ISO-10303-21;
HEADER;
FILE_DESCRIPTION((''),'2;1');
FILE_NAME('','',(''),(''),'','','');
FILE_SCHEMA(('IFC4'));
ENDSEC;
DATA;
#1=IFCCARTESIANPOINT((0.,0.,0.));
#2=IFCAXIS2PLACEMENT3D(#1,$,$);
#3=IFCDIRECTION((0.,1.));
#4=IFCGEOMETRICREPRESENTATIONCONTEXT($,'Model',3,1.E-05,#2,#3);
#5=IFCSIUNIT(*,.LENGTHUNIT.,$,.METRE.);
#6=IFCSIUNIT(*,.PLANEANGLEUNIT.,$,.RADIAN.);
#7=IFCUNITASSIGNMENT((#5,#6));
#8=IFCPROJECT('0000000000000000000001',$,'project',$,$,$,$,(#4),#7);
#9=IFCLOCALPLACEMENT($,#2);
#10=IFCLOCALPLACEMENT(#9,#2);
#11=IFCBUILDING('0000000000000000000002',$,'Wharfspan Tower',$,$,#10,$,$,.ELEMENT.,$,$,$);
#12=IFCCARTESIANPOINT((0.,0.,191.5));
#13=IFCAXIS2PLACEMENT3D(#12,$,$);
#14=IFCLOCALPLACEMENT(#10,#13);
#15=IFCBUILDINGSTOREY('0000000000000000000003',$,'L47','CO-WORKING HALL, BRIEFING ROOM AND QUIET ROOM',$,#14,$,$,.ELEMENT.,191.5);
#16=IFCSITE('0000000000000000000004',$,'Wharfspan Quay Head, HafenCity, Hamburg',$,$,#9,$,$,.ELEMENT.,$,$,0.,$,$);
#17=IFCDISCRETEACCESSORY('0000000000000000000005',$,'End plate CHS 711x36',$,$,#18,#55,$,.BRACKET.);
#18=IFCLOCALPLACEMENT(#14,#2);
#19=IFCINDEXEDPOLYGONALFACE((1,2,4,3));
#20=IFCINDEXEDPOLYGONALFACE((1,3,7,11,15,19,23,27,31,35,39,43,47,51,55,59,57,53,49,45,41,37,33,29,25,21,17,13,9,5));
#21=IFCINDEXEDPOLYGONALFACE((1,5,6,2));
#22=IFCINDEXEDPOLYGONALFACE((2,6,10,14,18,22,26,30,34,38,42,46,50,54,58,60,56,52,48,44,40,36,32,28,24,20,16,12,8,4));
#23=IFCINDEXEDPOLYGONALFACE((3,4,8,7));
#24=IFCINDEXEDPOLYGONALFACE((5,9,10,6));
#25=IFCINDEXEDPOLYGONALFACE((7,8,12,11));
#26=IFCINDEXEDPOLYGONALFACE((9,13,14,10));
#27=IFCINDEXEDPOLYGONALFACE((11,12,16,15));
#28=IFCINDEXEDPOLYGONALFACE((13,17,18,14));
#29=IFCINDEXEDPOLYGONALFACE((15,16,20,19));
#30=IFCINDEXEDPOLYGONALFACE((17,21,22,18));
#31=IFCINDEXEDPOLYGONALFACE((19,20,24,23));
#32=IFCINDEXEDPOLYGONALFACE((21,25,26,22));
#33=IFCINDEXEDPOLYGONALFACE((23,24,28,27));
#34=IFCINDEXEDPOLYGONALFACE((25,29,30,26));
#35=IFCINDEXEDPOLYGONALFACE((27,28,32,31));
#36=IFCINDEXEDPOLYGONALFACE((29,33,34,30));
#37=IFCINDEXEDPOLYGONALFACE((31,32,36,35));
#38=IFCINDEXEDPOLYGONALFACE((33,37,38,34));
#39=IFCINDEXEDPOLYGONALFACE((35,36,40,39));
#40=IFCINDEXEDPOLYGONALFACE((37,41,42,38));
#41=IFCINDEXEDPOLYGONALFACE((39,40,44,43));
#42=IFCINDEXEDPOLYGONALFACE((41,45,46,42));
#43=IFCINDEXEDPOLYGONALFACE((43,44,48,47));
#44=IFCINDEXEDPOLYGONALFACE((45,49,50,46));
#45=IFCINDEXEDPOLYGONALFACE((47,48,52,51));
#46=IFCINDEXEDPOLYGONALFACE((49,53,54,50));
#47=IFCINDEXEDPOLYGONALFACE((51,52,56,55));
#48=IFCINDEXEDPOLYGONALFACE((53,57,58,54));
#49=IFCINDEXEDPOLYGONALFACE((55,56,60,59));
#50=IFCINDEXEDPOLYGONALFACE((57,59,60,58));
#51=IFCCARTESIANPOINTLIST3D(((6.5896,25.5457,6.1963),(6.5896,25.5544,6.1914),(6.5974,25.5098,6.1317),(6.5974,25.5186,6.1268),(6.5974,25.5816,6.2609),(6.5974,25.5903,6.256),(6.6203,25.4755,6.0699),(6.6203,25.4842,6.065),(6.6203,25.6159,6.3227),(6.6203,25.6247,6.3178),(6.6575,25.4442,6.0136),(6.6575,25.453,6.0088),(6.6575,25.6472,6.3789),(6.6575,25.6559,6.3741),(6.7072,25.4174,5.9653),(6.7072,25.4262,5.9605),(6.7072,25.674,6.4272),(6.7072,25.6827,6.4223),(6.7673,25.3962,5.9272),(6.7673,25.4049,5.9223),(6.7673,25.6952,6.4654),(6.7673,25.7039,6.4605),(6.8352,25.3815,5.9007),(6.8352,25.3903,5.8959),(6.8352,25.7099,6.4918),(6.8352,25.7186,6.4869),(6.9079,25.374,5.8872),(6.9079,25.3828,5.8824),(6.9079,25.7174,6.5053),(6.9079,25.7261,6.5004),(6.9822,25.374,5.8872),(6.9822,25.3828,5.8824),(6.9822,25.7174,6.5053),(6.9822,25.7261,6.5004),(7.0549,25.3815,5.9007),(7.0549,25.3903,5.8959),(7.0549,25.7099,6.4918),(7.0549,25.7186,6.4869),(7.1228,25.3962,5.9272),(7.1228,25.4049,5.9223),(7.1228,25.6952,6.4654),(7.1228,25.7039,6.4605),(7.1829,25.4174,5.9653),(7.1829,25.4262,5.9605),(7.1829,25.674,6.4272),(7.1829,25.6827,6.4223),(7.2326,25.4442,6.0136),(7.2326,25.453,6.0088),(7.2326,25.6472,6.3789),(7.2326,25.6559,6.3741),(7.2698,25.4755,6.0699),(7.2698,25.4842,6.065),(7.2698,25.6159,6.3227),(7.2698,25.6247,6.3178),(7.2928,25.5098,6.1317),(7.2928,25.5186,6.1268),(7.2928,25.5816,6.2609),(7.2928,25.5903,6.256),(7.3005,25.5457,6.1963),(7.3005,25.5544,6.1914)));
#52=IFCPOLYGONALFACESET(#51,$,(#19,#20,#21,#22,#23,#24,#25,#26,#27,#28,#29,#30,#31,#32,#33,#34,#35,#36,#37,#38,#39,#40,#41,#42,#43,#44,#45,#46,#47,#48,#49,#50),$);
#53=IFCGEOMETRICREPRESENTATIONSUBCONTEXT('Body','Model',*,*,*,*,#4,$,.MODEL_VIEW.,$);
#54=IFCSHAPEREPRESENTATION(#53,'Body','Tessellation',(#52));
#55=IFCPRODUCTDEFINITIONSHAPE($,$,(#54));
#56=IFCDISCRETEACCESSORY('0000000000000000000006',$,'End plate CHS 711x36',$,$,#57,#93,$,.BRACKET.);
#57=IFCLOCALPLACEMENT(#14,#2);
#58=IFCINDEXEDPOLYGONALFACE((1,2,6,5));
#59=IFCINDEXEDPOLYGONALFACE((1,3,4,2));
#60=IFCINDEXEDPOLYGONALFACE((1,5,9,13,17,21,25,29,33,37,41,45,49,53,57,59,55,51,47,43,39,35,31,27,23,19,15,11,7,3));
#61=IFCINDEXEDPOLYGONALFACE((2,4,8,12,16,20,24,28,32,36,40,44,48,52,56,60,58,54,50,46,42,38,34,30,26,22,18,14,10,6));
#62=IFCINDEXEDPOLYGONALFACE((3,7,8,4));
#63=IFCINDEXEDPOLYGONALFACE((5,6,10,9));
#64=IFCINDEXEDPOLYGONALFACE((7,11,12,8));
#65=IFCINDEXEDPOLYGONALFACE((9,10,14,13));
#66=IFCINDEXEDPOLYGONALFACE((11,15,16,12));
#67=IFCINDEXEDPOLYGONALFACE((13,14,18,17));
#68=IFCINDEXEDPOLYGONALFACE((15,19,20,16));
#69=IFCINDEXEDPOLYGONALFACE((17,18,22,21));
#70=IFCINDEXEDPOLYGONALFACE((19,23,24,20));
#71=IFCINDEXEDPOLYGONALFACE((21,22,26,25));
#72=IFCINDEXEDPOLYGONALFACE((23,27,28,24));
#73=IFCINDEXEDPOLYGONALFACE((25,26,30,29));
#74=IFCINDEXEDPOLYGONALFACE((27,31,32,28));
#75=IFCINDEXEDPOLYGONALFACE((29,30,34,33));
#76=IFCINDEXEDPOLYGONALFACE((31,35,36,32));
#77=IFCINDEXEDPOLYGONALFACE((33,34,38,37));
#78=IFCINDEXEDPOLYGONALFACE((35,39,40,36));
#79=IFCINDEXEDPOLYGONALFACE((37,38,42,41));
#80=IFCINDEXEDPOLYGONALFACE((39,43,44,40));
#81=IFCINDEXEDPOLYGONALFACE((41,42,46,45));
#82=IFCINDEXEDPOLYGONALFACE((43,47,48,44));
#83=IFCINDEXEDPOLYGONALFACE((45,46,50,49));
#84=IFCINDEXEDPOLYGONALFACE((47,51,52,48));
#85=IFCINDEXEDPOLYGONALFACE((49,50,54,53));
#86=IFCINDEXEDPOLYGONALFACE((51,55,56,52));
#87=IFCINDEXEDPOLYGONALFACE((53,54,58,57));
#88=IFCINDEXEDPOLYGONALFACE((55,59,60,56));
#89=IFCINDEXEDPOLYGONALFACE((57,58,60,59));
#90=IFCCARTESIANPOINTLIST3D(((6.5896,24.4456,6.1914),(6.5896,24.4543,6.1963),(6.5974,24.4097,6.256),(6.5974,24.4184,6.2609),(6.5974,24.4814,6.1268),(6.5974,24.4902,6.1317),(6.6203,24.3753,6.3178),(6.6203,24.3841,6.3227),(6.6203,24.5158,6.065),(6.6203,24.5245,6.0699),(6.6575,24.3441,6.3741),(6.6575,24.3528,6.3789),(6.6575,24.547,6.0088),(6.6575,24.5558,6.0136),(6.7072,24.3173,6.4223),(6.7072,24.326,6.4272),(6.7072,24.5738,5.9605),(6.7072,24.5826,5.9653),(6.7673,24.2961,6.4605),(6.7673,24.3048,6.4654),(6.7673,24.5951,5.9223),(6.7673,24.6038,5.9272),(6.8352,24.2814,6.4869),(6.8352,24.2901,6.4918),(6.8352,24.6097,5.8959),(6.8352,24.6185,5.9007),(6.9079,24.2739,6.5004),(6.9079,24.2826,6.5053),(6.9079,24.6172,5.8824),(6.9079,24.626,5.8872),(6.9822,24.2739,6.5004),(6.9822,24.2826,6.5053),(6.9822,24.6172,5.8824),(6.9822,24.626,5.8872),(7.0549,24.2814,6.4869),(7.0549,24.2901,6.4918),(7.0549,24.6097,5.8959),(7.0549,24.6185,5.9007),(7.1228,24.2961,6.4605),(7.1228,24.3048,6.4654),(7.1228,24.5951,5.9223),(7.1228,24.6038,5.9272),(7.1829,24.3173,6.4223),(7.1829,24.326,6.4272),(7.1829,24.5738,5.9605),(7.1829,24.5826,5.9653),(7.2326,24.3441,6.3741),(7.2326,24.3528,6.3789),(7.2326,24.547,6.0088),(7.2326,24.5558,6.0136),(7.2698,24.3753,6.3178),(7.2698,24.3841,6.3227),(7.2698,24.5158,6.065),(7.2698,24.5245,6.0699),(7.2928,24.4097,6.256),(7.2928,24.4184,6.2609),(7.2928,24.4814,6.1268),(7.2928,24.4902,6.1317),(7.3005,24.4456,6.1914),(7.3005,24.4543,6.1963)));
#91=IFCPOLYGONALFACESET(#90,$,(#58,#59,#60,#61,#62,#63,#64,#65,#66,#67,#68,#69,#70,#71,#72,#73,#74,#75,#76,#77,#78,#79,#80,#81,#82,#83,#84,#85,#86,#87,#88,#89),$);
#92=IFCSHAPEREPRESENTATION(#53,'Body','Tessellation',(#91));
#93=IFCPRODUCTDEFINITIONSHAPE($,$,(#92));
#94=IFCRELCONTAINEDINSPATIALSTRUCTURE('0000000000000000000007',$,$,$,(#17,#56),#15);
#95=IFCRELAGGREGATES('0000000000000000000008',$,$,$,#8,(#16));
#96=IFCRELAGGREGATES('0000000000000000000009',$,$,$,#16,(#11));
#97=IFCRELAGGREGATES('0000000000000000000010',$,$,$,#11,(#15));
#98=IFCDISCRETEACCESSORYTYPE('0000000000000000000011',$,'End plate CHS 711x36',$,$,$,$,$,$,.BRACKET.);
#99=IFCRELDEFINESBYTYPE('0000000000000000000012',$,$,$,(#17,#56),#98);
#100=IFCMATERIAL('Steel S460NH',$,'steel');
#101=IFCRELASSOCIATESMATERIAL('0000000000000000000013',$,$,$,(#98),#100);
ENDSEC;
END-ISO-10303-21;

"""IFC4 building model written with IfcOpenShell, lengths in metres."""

from ifc_helpers import new_model, si_unit, direction, frame, origin, origin_2d, place, context, subcontext, project, spatial, circle, extrude, material, material_profile, profile_set, type_object, element, save


model = new_model("IFC4")

# Units and contexts
model_context = context("Model", 3, precision=1e-05, world=origin(), true_north=direction((0.0, 1.0)))
body_context = subcontext(model_context, "Body", "Model", "MODEL_VIEW")
ifc_project = project(units=[si_unit("LENGTHUNIT", "METRE"), si_unit("PLANEANGLEUNIT", "RADIAN")], contexts=[model_context])

# Site, building, storey
site_placement = place(None, origin())
site = spatial("IfcSite", under=ifc_project, at=site_placement, Name="Wharfspan Quay Head, HafenCity, Hamburg", CompositionType="ELEMENT", RefElevation=0.0)
building_placement = place(site_placement, origin())
building = spatial("IfcBuilding", under=site, at=building_placement, Name="Wharfspan Tower", CompositionType="ELEMENT")
storey_placement = place(building_placement, frame((0.0, 0.0, 191.5)))
storey = spatial("IfcBuildingStorey", under=building, at=storey_placement, Name="L47", Description="CO-WORKING HALL, BRIEFING ROOM AND QUIET ROOM", CompositionType="ELEMENT", Elevation=191.5)

# Shared definitions
ifc_material_1 = material(Name="Steel S460NH", Category="steel")

# Discrete accessories
ifc_material_profile_1 = material_profile(ifc_material_1, circle(Radius=0.3555, at=origin_2d()))
ifc_profile_set_1 = profile_set([ifc_material_profile_1], Name="Steel S460NH")
discrete_accessory_type = type_object("IfcDiscreteAccessoryType", Name="End plate CHS 711x36", PredefinedType="BRACKET", material=ifc_profile_set_1)
for number, where, z_axis, x_axis, name in (
    (1, (6.9451, 25.5544, 6.1914), (0.0, -0.874157, 0.485643), (1.0, 0.0, 0.0), "End plate CHS 711x36"),
    (2, (6.9451, 24.4456, 6.1914), (0.0, 0.874157, 0.485643), (-1.0, 0.0, 0.0), "End plate CHS 711x36"),
):
    element("IfcDiscreteAccessory", number, at=place(storey_placement, frame(where, z_axis=z_axis, x_axis=x_axis)), inside=storey, type_object=discrete_accessory_type, Name=name, PredefinedType="BRACKET", context=body_context, shape_type="SweptSolid", body=[
        extrude(circle(Radius=0.3555, at=origin_2d()), origin(), (0.0, 0.0, 1.0), 0.01),
    ])

save(model, "model.ifc")
